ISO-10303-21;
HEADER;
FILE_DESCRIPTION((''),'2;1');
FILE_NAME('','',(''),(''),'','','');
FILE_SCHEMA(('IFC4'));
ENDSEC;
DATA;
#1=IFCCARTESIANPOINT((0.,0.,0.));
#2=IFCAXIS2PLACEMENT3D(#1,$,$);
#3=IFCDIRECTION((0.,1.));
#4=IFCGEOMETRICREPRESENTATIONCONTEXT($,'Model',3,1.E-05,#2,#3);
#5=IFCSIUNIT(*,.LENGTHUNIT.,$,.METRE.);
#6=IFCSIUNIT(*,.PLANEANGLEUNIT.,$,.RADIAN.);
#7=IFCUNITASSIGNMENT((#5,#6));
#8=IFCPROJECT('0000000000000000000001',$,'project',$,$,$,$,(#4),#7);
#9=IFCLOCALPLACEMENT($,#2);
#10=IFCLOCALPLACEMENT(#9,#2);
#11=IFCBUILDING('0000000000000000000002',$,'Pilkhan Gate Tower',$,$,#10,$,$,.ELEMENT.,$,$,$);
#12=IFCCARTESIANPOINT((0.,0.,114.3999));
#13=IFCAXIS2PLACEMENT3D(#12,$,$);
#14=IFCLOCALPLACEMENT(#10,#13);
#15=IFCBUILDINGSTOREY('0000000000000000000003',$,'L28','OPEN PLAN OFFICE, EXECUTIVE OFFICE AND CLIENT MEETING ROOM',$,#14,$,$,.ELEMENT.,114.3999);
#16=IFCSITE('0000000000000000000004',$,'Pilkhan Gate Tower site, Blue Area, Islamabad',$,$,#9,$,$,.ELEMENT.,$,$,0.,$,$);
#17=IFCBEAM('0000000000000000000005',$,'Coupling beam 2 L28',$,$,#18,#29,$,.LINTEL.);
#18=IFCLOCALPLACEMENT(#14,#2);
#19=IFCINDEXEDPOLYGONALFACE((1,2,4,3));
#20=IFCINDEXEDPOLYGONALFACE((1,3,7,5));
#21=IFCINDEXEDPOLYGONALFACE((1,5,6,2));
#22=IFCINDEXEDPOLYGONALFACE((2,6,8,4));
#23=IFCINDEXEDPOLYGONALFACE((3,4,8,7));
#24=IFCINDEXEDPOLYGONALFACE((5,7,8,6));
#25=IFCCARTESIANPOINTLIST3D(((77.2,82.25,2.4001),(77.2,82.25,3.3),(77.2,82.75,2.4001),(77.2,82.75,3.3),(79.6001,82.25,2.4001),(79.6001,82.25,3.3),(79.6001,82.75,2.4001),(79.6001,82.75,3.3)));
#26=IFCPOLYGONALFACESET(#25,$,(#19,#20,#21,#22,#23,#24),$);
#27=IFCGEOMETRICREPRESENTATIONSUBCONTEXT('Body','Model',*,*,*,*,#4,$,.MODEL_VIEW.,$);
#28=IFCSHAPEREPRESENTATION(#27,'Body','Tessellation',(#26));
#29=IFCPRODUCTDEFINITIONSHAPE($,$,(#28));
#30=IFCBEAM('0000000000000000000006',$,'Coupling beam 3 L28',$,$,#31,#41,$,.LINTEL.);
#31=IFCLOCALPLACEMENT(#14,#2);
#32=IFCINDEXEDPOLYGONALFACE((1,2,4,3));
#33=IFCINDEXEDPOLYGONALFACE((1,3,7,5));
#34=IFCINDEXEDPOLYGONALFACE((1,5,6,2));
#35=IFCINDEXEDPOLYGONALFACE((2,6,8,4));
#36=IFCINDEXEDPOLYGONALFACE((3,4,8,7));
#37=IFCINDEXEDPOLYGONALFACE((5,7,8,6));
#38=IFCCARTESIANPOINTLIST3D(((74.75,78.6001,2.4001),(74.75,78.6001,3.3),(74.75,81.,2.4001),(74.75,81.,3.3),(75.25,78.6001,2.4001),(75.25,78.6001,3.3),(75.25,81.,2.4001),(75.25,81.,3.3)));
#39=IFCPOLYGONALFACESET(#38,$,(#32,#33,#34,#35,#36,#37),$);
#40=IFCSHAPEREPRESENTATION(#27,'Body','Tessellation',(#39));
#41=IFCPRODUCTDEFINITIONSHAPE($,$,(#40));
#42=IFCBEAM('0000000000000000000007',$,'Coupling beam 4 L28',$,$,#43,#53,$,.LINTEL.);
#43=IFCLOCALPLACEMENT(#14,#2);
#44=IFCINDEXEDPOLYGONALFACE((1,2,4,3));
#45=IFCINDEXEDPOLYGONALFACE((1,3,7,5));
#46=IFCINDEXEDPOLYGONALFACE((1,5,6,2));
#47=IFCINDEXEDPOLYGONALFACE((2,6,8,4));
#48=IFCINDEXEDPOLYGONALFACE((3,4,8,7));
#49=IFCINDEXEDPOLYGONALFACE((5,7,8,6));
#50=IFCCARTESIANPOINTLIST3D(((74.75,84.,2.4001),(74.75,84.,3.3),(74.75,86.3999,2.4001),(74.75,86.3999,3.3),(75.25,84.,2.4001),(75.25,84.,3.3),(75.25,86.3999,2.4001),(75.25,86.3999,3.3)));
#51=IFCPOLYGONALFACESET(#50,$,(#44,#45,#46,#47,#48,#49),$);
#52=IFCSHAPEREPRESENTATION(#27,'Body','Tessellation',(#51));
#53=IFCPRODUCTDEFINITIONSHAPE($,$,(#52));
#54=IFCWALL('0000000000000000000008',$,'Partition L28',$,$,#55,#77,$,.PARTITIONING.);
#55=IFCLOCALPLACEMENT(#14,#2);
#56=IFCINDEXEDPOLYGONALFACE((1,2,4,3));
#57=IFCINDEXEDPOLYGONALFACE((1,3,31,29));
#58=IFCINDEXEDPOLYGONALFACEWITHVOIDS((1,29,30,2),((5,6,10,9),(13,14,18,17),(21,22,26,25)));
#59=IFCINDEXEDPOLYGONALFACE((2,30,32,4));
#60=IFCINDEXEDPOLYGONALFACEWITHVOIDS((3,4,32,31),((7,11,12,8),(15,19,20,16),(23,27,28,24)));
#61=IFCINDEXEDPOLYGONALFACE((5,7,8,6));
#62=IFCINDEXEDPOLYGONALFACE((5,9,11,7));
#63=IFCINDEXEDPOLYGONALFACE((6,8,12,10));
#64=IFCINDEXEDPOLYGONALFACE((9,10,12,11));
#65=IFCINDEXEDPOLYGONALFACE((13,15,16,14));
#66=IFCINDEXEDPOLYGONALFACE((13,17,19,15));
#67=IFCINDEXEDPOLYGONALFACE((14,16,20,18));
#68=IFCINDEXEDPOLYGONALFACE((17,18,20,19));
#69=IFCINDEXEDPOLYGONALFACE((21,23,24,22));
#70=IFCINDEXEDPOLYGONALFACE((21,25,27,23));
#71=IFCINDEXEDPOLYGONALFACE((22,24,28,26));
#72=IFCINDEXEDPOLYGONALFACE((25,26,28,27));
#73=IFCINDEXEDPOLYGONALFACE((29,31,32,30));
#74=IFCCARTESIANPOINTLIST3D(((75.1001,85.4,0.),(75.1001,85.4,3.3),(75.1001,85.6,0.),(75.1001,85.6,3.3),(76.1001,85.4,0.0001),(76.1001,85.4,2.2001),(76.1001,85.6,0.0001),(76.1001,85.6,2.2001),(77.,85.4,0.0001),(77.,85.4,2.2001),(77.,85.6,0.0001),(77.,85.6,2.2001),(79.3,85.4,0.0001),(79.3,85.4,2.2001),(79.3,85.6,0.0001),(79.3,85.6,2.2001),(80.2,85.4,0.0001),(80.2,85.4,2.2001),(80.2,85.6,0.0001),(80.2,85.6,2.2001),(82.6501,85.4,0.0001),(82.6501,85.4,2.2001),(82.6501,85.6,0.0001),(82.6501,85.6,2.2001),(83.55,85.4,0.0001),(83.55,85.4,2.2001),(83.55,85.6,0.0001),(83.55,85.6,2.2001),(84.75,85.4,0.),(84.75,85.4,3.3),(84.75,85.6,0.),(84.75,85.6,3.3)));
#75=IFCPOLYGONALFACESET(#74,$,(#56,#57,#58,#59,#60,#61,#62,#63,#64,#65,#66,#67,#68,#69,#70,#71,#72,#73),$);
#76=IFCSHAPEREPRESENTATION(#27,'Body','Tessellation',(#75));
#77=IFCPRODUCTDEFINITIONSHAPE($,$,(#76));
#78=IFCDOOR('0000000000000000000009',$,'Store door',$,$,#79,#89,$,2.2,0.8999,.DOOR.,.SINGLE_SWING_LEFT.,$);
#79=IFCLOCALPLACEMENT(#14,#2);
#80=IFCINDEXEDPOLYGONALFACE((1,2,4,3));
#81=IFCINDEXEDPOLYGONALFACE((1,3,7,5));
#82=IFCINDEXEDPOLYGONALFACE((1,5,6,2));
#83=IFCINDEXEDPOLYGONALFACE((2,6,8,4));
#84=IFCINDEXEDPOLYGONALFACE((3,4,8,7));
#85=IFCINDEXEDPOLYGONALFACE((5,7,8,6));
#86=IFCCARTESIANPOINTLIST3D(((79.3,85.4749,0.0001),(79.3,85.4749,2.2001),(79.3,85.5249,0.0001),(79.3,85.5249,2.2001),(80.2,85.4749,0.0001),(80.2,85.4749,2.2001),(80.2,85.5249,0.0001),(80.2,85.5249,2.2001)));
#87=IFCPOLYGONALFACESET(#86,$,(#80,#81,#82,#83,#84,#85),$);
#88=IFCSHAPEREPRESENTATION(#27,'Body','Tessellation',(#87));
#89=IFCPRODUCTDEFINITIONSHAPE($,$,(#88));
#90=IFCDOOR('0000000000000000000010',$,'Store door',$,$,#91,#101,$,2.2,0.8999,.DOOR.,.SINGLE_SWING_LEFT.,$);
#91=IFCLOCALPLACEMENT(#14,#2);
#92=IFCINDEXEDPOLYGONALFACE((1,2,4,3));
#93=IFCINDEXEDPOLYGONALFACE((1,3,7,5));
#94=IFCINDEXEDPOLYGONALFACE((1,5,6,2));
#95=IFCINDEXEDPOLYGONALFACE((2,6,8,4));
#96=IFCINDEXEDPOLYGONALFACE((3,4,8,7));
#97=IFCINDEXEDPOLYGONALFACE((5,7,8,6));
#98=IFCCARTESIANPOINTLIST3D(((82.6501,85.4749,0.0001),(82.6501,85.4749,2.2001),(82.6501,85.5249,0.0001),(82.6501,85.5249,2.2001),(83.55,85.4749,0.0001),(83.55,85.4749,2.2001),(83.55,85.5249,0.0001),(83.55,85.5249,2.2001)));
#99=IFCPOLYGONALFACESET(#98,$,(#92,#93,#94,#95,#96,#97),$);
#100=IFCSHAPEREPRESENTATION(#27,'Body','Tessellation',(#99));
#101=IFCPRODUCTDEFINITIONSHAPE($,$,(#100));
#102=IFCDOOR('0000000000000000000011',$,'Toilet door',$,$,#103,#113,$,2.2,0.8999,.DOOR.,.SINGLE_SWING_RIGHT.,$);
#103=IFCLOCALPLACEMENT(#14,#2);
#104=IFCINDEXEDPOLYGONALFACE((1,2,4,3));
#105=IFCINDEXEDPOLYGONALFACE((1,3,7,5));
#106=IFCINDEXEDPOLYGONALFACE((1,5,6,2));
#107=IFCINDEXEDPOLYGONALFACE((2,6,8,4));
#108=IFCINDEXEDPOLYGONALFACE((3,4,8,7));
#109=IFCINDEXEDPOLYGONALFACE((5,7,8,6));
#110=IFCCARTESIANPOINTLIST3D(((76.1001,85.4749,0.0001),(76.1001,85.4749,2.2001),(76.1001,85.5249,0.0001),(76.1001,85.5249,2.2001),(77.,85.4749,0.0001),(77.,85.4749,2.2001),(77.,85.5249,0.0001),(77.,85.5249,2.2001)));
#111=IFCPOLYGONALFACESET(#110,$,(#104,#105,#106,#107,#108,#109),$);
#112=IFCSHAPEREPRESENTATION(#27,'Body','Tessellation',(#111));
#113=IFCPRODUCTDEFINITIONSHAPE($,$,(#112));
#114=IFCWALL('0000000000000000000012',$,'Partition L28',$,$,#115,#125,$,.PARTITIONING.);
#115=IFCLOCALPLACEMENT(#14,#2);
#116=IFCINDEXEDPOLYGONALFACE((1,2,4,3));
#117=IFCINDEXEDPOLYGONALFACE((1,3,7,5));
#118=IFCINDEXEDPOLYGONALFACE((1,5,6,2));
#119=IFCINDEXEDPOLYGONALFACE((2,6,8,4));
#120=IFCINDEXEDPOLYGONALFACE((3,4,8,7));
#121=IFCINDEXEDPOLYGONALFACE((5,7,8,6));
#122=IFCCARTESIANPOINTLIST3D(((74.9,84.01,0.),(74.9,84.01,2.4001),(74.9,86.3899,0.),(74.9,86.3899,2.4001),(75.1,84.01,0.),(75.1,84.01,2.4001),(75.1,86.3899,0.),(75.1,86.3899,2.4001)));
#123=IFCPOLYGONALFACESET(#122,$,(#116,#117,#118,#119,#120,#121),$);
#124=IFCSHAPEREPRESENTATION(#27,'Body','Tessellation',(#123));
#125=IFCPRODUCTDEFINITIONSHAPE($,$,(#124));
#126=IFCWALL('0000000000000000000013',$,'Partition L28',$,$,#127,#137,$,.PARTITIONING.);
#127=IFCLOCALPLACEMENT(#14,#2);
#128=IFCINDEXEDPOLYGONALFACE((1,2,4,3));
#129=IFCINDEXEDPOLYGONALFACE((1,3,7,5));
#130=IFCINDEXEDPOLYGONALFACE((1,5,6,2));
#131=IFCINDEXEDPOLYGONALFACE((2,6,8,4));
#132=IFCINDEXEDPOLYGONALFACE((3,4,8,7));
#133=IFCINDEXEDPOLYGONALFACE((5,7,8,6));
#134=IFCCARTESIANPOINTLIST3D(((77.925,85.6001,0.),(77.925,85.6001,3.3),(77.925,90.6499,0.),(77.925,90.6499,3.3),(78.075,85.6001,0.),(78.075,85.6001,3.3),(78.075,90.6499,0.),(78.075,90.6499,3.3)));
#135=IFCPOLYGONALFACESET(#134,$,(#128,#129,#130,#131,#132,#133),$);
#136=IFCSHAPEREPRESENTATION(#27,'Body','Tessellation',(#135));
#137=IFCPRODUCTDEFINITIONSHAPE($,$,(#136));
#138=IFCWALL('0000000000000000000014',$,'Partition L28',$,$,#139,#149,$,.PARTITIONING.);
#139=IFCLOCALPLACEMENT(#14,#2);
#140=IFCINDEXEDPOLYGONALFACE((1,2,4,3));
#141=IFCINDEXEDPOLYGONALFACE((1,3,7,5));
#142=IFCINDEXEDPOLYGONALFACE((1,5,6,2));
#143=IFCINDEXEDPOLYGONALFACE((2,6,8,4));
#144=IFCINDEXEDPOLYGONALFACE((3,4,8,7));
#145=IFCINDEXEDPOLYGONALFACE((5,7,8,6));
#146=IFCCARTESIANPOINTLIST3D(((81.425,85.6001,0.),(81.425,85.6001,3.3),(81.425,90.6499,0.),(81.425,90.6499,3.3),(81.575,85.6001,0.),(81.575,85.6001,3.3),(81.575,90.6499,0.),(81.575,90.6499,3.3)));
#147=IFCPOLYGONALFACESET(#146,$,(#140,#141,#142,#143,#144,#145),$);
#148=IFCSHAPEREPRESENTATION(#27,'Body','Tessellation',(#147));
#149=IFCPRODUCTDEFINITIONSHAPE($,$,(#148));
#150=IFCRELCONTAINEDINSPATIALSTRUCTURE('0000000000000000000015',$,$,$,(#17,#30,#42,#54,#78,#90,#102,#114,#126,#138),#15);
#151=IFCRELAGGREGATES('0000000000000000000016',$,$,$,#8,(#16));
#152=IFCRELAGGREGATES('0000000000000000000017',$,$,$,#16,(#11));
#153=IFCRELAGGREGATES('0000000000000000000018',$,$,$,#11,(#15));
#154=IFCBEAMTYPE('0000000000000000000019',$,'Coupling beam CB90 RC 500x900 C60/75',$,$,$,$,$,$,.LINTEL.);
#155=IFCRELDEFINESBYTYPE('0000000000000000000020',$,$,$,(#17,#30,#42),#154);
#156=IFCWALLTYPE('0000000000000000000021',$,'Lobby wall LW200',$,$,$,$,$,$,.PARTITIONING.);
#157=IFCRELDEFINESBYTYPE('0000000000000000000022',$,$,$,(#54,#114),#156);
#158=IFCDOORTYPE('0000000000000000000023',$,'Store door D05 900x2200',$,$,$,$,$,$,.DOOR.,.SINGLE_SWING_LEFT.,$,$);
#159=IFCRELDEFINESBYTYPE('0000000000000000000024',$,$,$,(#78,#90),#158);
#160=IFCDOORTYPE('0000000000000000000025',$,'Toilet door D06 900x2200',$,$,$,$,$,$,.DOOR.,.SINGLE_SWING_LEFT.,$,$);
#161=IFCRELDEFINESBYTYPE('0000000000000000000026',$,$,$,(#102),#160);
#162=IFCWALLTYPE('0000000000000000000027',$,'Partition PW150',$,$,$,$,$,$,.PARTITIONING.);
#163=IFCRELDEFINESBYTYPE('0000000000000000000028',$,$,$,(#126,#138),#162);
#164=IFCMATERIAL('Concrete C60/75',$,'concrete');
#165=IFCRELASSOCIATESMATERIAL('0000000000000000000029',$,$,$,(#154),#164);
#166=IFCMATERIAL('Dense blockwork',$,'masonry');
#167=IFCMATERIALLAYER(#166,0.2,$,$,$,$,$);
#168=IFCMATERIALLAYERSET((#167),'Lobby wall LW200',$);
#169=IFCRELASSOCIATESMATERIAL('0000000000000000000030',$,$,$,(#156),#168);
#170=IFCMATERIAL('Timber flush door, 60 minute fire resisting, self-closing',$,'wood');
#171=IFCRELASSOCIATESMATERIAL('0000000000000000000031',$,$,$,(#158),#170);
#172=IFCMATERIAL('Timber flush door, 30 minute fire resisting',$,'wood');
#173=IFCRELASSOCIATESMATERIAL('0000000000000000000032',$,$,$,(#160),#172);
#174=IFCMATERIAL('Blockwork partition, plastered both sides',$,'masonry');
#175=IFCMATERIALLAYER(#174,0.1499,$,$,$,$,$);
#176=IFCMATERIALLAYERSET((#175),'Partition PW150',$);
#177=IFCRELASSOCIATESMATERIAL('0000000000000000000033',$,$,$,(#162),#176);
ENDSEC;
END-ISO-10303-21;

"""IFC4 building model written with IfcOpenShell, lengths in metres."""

from ifc_helpers import new_model, si_unit, direction, frame, frame_2d, origin, origin_2d, place, context, subcontext, project, spatial, rectangle, extrude, material, layer, layer_set, material_profile, profile_set, type_object, element, fill, save


model = new_model("IFC4")

# Units and contexts
model_context = context("Model", 3, precision=1e-05, world=origin(), true_north=direction((0.0, 1.0)))
body_context = subcontext(model_context, "Body", "Model", "MODEL_VIEW")
ifc_project = project(units=[si_unit("LENGTHUNIT", "METRE"), si_unit("PLANEANGLEUNIT", "RADIAN")], contexts=[model_context])

# Site, building, storey
site_placement = place(None, origin())
site = spatial("IfcSite", under=ifc_project, at=site_placement, Name="Pilkhan Gate Tower site, Blue Area, Islamabad", CompositionType="ELEMENT", RefElevation=0.0)
building_placement = place(site_placement, origin())
building = spatial("IfcBuilding", under=site, at=building_placement, Name="Pilkhan Gate Tower", CompositionType="ELEMENT")
storey_placement = place(building_placement, frame((0.0, 0.0, 114.3999)))
storey = spatial("IfcBuildingStorey", under=building, at=storey_placement, Name="L28", Description="OPEN PLAN OFFICE, EXECUTIVE OFFICE AND CLIENT MEETING ROOM", CompositionType="ELEMENT", Elevation=114.3999)

# Beams
ifc_material_1 = material(Name="Concrete C60/75", Category="concrete")
ifc_material_profile = material_profile(ifc_material_1, rectangle(XDim=0.5, YDim=0.8999, at=origin_2d()), Name="RC 500x900")
ifc_profile_set = profile_set([ifc_material_profile], Name="Concrete C60/75")
beam_type = type_object("IfcBeamType", Name="Coupling beam CB90 RC 500x900 C60/75", PredefinedType="LINTEL", material=ifc_profile_set)
beam_placement = place(storey_placement, frame((77.2, 82.5, 2.8501), z_axis=(1.0, 0.0, 0.0), x_axis=(0.0, 1.0, 0.0)))
element("IfcBeam", 1, at=beam_placement, inside=storey, type_object=beam_type, Name="Coupling beam 2 L28", PredefinedType="LINTEL", context=body_context, shape_type="SweptSolid", body=[
    extrude(rectangle(XDim=0.5, YDim=0.8999, at=origin_2d()), origin(), (0.0, 0.0, 1.0), 2.4001),
])
for number, where, z_axis, x_axis, name in (
    (2, (75.0, 78.6001, 2.8501), (0.0, 1.0, 0.0), (-1.0, 0.0, 0.0), "Coupling beam 3 L28"),
    (3, (75.0, 84.0, 2.8501), (0.0, 1.0, 0.0), (-1.0, 0.0, 0.0), "Coupling beam 4 L28"),
):
    element("IfcBeam", number, at=place(storey_placement, frame(where, z_axis=z_axis, x_axis=x_axis)), inside=storey, type_object=beam_type, Name=name, PredefinedType="LINTEL", context=body_context, shape_type="SweptSolid", body=[
        extrude(rectangle(XDim=0.5, YDim=0.8999, at=origin_2d()), origin(), (0.0, 0.0, 1.0), 2.3999),
    ])

# Wall, openings, doors
ifc_material_2 = material(Name="Dense blockwork", Category="masonry")
ifc_layer_1 = layer(ifc_material_2, 0.2)
ifc_layer_set_1 = layer_set([ifc_layer_1], Name="Lobby wall LW200")
wall_type_1 = type_object("IfcWallType", Name="Lobby wall LW200", PredefinedType="PARTITIONING", material=ifc_layer_set_1)
wall_1_placement = place(storey_placement, frame((75.1001, 85.5, 0.0), z_axis=(0.0, 0.0, 1.0), x_axis=(1.0, 0.0, 0.0)))
wall_1 = element("IfcWall", 4, at=wall_1_placement, inside=storey, type_object=wall_type_1, Name="Partition L28", PredefinedType="PARTITIONING", context=body_context, shape_type="SweptSolid", body=[
    extrude(rectangle(XDim=9.6499, YDim=0.2, at=frame_2d((4.825, 0.0))), origin(), (0.0, 0.0, 1.0), 3.3),
])
opening_1_placement = place(wall_1_placement, frame((1.0, 0.0, 0.0)))
opening_1 = element("IfcOpeningElement", 5, at=opening_1_placement, cuts=wall_1, PredefinedType="OPENING", context=body_context, shape_type="SweptSolid", body=[
    extrude(rectangle(XDim=0.8999, YDim=2.2, at=frame_2d((0.45, 1.1001))), frame((0.0, 0.1099, 0.0), z_axis=(0.0, -1.0, 0.0), x_axis=(1.0, 0.0, 0.0)), (0.0, 0.0, 1.0), 0.22),
])
opening_2_placement = place(wall_1_placement, frame((4.2, 0.0, 0.0)))
opening_2 = element("IfcOpeningElement", 6, at=opening_2_placement, cuts=wall_1, PredefinedType="OPENING", context=body_context, shape_type="SweptSolid", body=[
    extrude(rectangle(XDim=0.8999, YDim=2.2, at=frame_2d((0.45, 1.1001))), frame((0.0, 0.1099, 0.0), z_axis=(0.0, -1.0, 0.0), x_axis=(1.0, 0.0, 0.0)), (0.0, 0.0, 1.0), 0.22),
])
opening_3_placement = place(wall_1_placement, frame((7.55, 0.0, 0.0)))
opening_3 = element("IfcOpeningElement", 7, at=opening_3_placement, cuts=wall_1, PredefinedType="OPENING", context=body_context, shape_type="SweptSolid", body=[
    extrude(rectangle(XDim=0.8999, YDim=2.2, at=frame_2d((0.45, 1.1001))), frame((0.0, 0.1099, 0.0), z_axis=(0.0, -1.0, 0.0), x_axis=(1.0, 0.0, 0.0)), (0.0, 0.0, 1.0), 0.22),
])
ifc_material_3 = material(Name="Timber flush door, 60 minute fire resisting, self-closing", Category="wood")
door_type_1 = type_object("IfcDoorType", Name="Store door D05 900x2200", OperationType="SINGLE_SWING_LEFT", PredefinedType="DOOR", material=ifc_material_3)
door_1_placement = place(opening_2_placement, origin())
door_1 = element("IfcDoor", 8, at=door_1_placement, inside=storey, type_object=door_type_1, Name="Store door", OperationType="SINGLE_SWING_LEFT", OverallHeight=2.2, OverallWidth=0.8999, PredefinedType="DOOR", context=body_context, shape_type="SweptSolid", body=[
    extrude(rectangle(XDim=0.8999, YDim=2.2, at=frame_2d((0.45, 1.1001))), frame((0.0, 0.0249, 0.0), z_axis=(0.0, -1.0, 0.0), x_axis=(1.0, 0.0, 0.0)), (0.0, 0.0, 1.0), 0.05),
])
fill(opening_2, door_1)
door_2_placement = place(opening_3_placement, origin())
door_2 = element("IfcDoor", 9, at=door_2_placement, inside=storey, type_object=door_type_1, Name="Store door", OperationType="SINGLE_SWING_LEFT", OverallHeight=2.2, OverallWidth=0.8999, PredefinedType="DOOR", context=body_context, shape_type="SweptSolid", body=[
    extrude(rectangle(XDim=0.8999, YDim=2.2, at=frame_2d((0.45, 1.1001))), frame((0.0, 0.0249, 0.0), z_axis=(0.0, -1.0, 0.0), x_axis=(1.0, 0.0, 0.0)), (0.0, 0.0, 1.0), 0.05),
])
fill(opening_3, door_2)
ifc_material_4 = material(Name="Timber flush door, 30 minute fire resisting", Category="wood")
door_type_2 = type_object("IfcDoorType", Name="Toilet door D06 900x2200", OperationType="SINGLE_SWING_LEFT", PredefinedType="DOOR", material=ifc_material_4)
door_3_placement = place(opening_1_placement, origin())
door_3 = element("IfcDoor", 10, at=door_3_placement, inside=storey, type_object=door_type_2, Name="Toilet door", OperationType="SINGLE_SWING_RIGHT", OverallHeight=2.2, OverallWidth=0.8999, PredefinedType="DOOR", context=body_context, shape_type="SweptSolid", body=[
    extrude(rectangle(XDim=0.8999, YDim=2.2, at=frame_2d((0.45, 1.1001))), frame((0.0, 0.0249, 0.0), z_axis=(0.0, -1.0, 0.0), x_axis=(1.0, 0.0, 0.0)), (0.0, 0.0, 1.0), 0.05),
])
fill(opening_1, door_3)

# Walls
wall_2_placement = place(storey_placement, frame((75.0, 84.01, 0.0), z_axis=(0.0, 0.0, 1.0), x_axis=(0.0, 1.0, 0.0)))
element("IfcWall", 11, at=wall_2_placement, inside=storey, type_object=wall_type_1, Name="Partition L28", PredefinedType="PARTITIONING", context=body_context, shape_type="SweptSolid", body=[
    extrude(rectangle(XDim=2.3799, YDim=0.2, at=frame_2d((1.1899, 0.0))), origin(), (0.0, 0.0, 1.0), 2.4001),
])
ifc_material_5 = material(Name="Blockwork partition, plastered both sides", Category="masonry")
ifc_layer_2 = layer(ifc_material_5, 0.1499)
ifc_layer_set_2 = layer_set([ifc_layer_2], Name="Partition PW150")
wall_type_2 = type_object("IfcWallType", Name="Partition PW150", PredefinedType="PARTITIONING", material=ifc_layer_set_2)
for number, where, z_axis, x_axis, name in (
    (12, (78.0, 85.6001, 0.0), (0.0, 0.0, 1.0), (0.0, 1.0, 0.0), "Partition L28"),
    (13, (81.5, 85.6001, 0.0), (0.0, 0.0, 1.0), (0.0, 1.0, 0.0), "Partition L28"),
):
    element("IfcWall", number, at=place(storey_placement, frame(where, z_axis=z_axis, x_axis=x_axis)), inside=storey, type_object=wall_type_2, Name=name, PredefinedType="PARTITIONING", context=body_context, shape_type="SweptSolid", body=[
        extrude(rectangle(XDim=5.0498, YDim=0.1499, at=frame_2d((2.5249, 0.0))), origin(), (0.0, 0.0, 1.0), 3.3),
    ])

save(model, "model.ifc")
